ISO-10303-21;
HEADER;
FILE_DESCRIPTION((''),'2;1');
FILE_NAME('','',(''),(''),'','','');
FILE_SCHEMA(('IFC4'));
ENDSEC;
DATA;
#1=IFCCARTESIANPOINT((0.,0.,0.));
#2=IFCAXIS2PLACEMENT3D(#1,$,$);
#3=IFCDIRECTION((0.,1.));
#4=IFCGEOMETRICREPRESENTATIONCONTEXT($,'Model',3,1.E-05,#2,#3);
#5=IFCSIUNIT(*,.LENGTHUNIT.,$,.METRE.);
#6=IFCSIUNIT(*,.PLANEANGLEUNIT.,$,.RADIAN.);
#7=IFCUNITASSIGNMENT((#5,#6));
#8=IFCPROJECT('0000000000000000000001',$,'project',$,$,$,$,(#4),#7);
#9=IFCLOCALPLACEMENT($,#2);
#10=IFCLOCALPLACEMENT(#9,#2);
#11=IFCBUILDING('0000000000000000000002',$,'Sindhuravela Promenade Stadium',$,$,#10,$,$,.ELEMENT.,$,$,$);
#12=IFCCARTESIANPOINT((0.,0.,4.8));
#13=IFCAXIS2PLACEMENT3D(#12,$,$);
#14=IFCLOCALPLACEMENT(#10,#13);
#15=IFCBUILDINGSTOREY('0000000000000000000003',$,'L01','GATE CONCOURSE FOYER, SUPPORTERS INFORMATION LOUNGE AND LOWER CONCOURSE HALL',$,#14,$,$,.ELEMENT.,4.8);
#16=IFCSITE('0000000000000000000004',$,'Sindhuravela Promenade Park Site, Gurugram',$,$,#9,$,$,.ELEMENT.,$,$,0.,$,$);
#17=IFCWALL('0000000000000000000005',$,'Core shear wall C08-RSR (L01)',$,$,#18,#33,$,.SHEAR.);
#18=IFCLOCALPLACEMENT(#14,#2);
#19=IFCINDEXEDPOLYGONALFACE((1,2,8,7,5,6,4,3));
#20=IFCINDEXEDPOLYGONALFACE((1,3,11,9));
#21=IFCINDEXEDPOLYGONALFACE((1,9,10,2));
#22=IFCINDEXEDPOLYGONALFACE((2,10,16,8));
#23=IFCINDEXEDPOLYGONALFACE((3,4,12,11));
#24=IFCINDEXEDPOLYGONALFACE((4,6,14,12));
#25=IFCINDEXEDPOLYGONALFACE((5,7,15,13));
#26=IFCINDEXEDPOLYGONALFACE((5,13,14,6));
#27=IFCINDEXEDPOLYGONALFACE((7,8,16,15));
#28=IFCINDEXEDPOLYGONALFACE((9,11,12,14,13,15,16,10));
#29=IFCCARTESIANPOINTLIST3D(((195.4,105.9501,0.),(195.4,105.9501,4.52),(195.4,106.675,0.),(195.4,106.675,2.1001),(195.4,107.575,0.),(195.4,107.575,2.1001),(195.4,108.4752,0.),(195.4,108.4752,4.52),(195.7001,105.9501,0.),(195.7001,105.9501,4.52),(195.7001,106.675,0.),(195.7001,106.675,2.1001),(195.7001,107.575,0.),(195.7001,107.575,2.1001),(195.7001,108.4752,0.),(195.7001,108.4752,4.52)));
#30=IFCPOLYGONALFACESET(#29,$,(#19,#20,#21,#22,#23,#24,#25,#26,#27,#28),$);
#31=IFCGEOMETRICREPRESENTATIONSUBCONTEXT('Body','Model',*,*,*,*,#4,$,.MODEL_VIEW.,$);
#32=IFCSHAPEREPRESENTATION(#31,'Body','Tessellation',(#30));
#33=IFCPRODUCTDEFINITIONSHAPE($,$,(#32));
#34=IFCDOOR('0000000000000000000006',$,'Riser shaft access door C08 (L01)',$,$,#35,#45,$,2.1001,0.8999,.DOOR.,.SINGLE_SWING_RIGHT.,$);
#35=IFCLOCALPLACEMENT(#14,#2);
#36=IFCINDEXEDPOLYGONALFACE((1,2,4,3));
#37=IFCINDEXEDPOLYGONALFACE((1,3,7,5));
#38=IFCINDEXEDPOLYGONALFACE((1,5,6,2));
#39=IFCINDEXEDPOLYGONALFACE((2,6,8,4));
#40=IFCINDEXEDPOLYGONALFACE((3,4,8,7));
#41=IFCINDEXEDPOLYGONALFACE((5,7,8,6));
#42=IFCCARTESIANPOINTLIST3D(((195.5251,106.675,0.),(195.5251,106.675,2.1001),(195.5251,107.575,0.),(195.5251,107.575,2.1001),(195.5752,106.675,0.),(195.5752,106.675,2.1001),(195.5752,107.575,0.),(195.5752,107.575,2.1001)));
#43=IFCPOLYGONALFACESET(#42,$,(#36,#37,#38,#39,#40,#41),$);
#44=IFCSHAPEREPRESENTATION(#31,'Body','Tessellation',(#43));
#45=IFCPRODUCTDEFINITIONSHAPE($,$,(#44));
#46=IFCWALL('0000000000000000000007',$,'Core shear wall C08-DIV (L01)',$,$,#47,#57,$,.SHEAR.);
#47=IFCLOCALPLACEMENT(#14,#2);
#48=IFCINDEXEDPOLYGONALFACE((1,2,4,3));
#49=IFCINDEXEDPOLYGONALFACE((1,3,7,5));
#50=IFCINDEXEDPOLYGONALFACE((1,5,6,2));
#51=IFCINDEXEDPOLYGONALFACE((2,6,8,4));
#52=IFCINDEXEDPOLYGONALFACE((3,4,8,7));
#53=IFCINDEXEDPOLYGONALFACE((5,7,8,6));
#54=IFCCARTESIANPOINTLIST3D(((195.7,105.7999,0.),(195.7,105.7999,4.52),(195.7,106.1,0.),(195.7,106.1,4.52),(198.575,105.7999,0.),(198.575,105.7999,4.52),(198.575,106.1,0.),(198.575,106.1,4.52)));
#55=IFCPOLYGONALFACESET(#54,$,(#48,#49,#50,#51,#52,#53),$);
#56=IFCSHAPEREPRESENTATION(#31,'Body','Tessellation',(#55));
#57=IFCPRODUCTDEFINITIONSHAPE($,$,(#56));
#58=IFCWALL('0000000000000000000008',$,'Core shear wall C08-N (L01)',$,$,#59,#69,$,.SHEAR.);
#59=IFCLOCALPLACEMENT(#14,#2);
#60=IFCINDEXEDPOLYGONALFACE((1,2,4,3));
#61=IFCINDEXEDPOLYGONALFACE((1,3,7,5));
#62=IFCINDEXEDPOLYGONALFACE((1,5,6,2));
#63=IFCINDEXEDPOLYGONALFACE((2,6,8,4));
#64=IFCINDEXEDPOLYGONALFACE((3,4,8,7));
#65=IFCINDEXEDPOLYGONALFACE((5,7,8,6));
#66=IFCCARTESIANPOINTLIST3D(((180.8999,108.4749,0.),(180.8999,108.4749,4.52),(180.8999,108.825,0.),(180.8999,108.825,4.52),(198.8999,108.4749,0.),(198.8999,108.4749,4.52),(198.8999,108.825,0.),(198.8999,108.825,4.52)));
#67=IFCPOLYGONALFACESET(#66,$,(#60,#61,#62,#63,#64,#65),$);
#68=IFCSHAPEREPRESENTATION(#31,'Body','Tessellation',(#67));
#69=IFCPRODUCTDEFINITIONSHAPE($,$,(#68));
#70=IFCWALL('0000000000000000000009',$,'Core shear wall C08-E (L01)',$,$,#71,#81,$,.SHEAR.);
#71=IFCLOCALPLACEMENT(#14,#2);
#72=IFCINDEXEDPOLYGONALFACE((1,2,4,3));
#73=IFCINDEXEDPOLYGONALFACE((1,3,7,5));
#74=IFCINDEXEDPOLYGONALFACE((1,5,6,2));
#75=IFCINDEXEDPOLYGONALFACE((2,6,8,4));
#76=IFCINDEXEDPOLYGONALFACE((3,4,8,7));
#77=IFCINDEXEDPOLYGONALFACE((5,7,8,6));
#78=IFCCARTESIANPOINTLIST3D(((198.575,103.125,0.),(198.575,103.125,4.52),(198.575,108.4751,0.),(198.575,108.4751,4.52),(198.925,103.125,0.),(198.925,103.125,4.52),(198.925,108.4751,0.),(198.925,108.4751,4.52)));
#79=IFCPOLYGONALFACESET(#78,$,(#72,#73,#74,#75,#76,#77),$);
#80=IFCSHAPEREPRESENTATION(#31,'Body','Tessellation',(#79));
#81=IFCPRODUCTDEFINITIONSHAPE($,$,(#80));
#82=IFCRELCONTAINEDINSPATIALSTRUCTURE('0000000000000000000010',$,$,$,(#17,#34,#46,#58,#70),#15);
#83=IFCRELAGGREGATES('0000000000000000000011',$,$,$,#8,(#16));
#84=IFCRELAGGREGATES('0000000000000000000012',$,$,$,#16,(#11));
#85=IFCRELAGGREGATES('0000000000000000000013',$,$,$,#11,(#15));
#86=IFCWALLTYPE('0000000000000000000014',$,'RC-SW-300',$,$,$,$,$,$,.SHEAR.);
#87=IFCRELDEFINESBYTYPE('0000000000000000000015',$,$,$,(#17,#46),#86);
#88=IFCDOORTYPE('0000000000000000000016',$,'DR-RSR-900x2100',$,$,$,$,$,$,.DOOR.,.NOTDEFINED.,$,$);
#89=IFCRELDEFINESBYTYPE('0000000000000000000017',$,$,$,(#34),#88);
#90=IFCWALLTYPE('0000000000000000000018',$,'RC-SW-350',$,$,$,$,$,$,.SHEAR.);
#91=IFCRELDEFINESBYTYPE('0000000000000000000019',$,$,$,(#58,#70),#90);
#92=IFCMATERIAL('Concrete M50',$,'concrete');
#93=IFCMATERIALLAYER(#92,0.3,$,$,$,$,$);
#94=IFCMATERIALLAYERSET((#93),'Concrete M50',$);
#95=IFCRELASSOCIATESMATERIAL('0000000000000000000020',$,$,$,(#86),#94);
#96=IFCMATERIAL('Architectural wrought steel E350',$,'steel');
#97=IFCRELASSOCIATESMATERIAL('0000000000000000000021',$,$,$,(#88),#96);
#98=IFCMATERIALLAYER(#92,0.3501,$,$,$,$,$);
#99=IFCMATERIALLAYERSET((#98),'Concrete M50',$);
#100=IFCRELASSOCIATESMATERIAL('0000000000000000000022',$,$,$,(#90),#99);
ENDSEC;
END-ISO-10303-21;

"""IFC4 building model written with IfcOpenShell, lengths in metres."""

from ifc_helpers import new_model, si_unit, direction, frame, frame_2d, origin, place, context, subcontext, project, spatial, rectangle, extrude, material, layer, layer_set, type_object, element, fill, save


model = new_model("IFC4")

# Units and contexts
model_context = context("Model", 3, precision=1e-05, world=origin(), true_north=direction((0.0, 1.0)))
body_context = subcontext(model_context, "Body", "Model", "MODEL_VIEW")
ifc_project = project(units=[si_unit("LENGTHUNIT", "METRE"), si_unit("PLANEANGLEUNIT", "RADIAN")], contexts=[model_context])

# Site, building, storey
site_placement = place(None, origin())
site = spatial("IfcSite", under=ifc_project, at=site_placement, Name="Sindhuravela Promenade Park Site, Gurugram", CompositionType="ELEMENT", RefElevation=0.0)
building_placement = place(site_placement, origin())
building = spatial("IfcBuilding", under=site, at=building_placement, Name="Sindhuravela Promenade Stadium", CompositionType="ELEMENT")
storey_placement = place(building_placement, frame((0.0, 0.0, 4.8)))
storey = spatial("IfcBuildingStorey", under=building, at=storey_placement, Name="L01", Description="GATE CONCOURSE FOYER, SUPPORTERS INFORMATION LOUNGE AND LOWER CONCOURSE HALL", CompositionType="ELEMENT", Elevation=4.8)

# Shared definitions
ifc_material_1 = material(Name="Concrete M50", Category="concrete")

# Shared definitions
ifc_layer_1 = layer(ifc_material_1, 0.3)
ifc_layer_set_1 = layer_set([ifc_layer_1], Name="Concrete M50")
wall_type_1 = type_object("IfcWallType", Name="RC-SW-300", PredefinedType="SHEAR", material=ifc_layer_set_1)
ifc_material_2 = material(Name="Architectural wrought steel E350", Category="steel")

# Wall, opening, door
wall_1_placement = place(storey_placement, frame((195.55, 105.95, 0.0), z_axis=(0.0, 0.0, 1.0), x_axis=(0.0, 1.0, 0.0)))
wall_1 = element("IfcWall", 1, at=wall_1_placement, inside=storey, type_object=wall_type_1, Name="Core shear wall C08-RSR (L01)", PredefinedType="SHEAR", context=body_context, shape_type="SweptSolid", body=[
    extrude(rectangle(XDim=2.5251, YDim=0.3, at=frame_2d((1.2627, 0.0))), origin(), (0.0, 0.0, 1.0), 4.52),
])
opening_1_placement = place(wall_1_placement, frame((0.7251, 0.0, 0.0)))
opening_1 = element("IfcOpeningElement", 2, at=opening_1_placement, cuts=wall_1, PredefinedType="OPENING", context=body_context, shape_type="SweptSolid", body=[
    extrude(rectangle(XDim=0.8999, YDim=2.1001, at=frame_2d((0.45, 1.05))), frame((0.0, 0.1599, 0.0), z_axis=(0.0, -1.0, 0.0), x_axis=(1.0, 0.0, 0.0)), (0.0, 0.0, 1.0), 0.3201),
])
door_type_1 = type_object("IfcDoorType", Name="DR-RSR-900x2100", OperationType="NOTDEFINED", PredefinedType="DOOR", material=ifc_material_2)
door_1_placement = place(opening_1_placement, origin())
door_1 = element("IfcDoor", 3, at=door_1_placement, inside=storey, type_object=door_type_1, Name="Riser shaft access door C08 (L01)", OperationType="SINGLE_SWING_RIGHT", OverallHeight=2.1001, OverallWidth=0.8999, PredefinedType="DOOR", context=body_context, shape_type="SweptSolid", body=[
    extrude(rectangle(XDim=0.8999, YDim=2.1001, at=frame_2d((0.45, 1.05))), frame((0.0, 0.0249, 0.0), z_axis=(0.0, -1.0, 0.0), x_axis=(1.0, 0.0, 0.0)), (0.0, 0.0, 1.0), 0.05),
])
fill(opening_1, door_1)

# Walls
wall_2_placement = place(storey_placement, frame((195.7, 105.95, 0.0), z_axis=(0.0, 0.0, 1.0), x_axis=(1.0, 0.0, 0.0)))
element("IfcWall", 4, at=wall_2_placement, inside=storey, type_object=wall_type_1, Name="Core shear wall C08-DIV (L01)", PredefinedType="SHEAR", context=body_context, shape_type="SweptSolid", body=[
    extrude(rectangle(XDim=2.875, YDim=0.3, at=frame_2d((1.4375, 0.0))), origin(), (0.0, 0.0, 1.0), 4.52),
])
ifc_layer_2 = layer(ifc_material_1, 0.3501)
ifc_layer_set_2 = layer_set([ifc_layer_2], Name="Concrete M50")
wall_type_2 = type_object("IfcWallType", Name="RC-SW-350", PredefinedType="SHEAR", material=ifc_layer_set_2)
wall_3_placement = place(storey_placement, frame((198.8999, 108.6499, 0.0), z_axis=(0.0, 0.0, 1.0), x_axis=(-1.0, 0.0, 0.0)))
element("IfcWall", 5, at=wall_3_placement, inside=storey, type_object=wall_type_2, Name="Core shear wall C08-N (L01)", PredefinedType="SHEAR", context=body_context, shape_type="SweptSolid", body=[
    extrude(rectangle(XDim=18.0, YDim=0.3501, at=frame_2d((9.0, 0.0))), origin(), (0.0, 0.0, 1.0), 4.52),
])
wall_4_placement = place(storey_placement, frame((198.75, 103.125, 0.0), z_axis=(0.0, 0.0, 1.0), x_axis=(0.0, 1.0, 0.0)))
element("IfcWall", 6, at=wall_4_placement, inside=storey, type_object=wall_type_2, Name="Core shear wall C08-E (L01)", PredefinedType="SHEAR", context=body_context, shape_type="SweptSolid", body=[
    extrude(rectangle(XDim=5.3501, YDim=0.3501, at=frame_2d((2.675, 0.0))), origin(), (0.0, 0.0, 1.0), 4.52),
])

save(model, "model.ifc")
